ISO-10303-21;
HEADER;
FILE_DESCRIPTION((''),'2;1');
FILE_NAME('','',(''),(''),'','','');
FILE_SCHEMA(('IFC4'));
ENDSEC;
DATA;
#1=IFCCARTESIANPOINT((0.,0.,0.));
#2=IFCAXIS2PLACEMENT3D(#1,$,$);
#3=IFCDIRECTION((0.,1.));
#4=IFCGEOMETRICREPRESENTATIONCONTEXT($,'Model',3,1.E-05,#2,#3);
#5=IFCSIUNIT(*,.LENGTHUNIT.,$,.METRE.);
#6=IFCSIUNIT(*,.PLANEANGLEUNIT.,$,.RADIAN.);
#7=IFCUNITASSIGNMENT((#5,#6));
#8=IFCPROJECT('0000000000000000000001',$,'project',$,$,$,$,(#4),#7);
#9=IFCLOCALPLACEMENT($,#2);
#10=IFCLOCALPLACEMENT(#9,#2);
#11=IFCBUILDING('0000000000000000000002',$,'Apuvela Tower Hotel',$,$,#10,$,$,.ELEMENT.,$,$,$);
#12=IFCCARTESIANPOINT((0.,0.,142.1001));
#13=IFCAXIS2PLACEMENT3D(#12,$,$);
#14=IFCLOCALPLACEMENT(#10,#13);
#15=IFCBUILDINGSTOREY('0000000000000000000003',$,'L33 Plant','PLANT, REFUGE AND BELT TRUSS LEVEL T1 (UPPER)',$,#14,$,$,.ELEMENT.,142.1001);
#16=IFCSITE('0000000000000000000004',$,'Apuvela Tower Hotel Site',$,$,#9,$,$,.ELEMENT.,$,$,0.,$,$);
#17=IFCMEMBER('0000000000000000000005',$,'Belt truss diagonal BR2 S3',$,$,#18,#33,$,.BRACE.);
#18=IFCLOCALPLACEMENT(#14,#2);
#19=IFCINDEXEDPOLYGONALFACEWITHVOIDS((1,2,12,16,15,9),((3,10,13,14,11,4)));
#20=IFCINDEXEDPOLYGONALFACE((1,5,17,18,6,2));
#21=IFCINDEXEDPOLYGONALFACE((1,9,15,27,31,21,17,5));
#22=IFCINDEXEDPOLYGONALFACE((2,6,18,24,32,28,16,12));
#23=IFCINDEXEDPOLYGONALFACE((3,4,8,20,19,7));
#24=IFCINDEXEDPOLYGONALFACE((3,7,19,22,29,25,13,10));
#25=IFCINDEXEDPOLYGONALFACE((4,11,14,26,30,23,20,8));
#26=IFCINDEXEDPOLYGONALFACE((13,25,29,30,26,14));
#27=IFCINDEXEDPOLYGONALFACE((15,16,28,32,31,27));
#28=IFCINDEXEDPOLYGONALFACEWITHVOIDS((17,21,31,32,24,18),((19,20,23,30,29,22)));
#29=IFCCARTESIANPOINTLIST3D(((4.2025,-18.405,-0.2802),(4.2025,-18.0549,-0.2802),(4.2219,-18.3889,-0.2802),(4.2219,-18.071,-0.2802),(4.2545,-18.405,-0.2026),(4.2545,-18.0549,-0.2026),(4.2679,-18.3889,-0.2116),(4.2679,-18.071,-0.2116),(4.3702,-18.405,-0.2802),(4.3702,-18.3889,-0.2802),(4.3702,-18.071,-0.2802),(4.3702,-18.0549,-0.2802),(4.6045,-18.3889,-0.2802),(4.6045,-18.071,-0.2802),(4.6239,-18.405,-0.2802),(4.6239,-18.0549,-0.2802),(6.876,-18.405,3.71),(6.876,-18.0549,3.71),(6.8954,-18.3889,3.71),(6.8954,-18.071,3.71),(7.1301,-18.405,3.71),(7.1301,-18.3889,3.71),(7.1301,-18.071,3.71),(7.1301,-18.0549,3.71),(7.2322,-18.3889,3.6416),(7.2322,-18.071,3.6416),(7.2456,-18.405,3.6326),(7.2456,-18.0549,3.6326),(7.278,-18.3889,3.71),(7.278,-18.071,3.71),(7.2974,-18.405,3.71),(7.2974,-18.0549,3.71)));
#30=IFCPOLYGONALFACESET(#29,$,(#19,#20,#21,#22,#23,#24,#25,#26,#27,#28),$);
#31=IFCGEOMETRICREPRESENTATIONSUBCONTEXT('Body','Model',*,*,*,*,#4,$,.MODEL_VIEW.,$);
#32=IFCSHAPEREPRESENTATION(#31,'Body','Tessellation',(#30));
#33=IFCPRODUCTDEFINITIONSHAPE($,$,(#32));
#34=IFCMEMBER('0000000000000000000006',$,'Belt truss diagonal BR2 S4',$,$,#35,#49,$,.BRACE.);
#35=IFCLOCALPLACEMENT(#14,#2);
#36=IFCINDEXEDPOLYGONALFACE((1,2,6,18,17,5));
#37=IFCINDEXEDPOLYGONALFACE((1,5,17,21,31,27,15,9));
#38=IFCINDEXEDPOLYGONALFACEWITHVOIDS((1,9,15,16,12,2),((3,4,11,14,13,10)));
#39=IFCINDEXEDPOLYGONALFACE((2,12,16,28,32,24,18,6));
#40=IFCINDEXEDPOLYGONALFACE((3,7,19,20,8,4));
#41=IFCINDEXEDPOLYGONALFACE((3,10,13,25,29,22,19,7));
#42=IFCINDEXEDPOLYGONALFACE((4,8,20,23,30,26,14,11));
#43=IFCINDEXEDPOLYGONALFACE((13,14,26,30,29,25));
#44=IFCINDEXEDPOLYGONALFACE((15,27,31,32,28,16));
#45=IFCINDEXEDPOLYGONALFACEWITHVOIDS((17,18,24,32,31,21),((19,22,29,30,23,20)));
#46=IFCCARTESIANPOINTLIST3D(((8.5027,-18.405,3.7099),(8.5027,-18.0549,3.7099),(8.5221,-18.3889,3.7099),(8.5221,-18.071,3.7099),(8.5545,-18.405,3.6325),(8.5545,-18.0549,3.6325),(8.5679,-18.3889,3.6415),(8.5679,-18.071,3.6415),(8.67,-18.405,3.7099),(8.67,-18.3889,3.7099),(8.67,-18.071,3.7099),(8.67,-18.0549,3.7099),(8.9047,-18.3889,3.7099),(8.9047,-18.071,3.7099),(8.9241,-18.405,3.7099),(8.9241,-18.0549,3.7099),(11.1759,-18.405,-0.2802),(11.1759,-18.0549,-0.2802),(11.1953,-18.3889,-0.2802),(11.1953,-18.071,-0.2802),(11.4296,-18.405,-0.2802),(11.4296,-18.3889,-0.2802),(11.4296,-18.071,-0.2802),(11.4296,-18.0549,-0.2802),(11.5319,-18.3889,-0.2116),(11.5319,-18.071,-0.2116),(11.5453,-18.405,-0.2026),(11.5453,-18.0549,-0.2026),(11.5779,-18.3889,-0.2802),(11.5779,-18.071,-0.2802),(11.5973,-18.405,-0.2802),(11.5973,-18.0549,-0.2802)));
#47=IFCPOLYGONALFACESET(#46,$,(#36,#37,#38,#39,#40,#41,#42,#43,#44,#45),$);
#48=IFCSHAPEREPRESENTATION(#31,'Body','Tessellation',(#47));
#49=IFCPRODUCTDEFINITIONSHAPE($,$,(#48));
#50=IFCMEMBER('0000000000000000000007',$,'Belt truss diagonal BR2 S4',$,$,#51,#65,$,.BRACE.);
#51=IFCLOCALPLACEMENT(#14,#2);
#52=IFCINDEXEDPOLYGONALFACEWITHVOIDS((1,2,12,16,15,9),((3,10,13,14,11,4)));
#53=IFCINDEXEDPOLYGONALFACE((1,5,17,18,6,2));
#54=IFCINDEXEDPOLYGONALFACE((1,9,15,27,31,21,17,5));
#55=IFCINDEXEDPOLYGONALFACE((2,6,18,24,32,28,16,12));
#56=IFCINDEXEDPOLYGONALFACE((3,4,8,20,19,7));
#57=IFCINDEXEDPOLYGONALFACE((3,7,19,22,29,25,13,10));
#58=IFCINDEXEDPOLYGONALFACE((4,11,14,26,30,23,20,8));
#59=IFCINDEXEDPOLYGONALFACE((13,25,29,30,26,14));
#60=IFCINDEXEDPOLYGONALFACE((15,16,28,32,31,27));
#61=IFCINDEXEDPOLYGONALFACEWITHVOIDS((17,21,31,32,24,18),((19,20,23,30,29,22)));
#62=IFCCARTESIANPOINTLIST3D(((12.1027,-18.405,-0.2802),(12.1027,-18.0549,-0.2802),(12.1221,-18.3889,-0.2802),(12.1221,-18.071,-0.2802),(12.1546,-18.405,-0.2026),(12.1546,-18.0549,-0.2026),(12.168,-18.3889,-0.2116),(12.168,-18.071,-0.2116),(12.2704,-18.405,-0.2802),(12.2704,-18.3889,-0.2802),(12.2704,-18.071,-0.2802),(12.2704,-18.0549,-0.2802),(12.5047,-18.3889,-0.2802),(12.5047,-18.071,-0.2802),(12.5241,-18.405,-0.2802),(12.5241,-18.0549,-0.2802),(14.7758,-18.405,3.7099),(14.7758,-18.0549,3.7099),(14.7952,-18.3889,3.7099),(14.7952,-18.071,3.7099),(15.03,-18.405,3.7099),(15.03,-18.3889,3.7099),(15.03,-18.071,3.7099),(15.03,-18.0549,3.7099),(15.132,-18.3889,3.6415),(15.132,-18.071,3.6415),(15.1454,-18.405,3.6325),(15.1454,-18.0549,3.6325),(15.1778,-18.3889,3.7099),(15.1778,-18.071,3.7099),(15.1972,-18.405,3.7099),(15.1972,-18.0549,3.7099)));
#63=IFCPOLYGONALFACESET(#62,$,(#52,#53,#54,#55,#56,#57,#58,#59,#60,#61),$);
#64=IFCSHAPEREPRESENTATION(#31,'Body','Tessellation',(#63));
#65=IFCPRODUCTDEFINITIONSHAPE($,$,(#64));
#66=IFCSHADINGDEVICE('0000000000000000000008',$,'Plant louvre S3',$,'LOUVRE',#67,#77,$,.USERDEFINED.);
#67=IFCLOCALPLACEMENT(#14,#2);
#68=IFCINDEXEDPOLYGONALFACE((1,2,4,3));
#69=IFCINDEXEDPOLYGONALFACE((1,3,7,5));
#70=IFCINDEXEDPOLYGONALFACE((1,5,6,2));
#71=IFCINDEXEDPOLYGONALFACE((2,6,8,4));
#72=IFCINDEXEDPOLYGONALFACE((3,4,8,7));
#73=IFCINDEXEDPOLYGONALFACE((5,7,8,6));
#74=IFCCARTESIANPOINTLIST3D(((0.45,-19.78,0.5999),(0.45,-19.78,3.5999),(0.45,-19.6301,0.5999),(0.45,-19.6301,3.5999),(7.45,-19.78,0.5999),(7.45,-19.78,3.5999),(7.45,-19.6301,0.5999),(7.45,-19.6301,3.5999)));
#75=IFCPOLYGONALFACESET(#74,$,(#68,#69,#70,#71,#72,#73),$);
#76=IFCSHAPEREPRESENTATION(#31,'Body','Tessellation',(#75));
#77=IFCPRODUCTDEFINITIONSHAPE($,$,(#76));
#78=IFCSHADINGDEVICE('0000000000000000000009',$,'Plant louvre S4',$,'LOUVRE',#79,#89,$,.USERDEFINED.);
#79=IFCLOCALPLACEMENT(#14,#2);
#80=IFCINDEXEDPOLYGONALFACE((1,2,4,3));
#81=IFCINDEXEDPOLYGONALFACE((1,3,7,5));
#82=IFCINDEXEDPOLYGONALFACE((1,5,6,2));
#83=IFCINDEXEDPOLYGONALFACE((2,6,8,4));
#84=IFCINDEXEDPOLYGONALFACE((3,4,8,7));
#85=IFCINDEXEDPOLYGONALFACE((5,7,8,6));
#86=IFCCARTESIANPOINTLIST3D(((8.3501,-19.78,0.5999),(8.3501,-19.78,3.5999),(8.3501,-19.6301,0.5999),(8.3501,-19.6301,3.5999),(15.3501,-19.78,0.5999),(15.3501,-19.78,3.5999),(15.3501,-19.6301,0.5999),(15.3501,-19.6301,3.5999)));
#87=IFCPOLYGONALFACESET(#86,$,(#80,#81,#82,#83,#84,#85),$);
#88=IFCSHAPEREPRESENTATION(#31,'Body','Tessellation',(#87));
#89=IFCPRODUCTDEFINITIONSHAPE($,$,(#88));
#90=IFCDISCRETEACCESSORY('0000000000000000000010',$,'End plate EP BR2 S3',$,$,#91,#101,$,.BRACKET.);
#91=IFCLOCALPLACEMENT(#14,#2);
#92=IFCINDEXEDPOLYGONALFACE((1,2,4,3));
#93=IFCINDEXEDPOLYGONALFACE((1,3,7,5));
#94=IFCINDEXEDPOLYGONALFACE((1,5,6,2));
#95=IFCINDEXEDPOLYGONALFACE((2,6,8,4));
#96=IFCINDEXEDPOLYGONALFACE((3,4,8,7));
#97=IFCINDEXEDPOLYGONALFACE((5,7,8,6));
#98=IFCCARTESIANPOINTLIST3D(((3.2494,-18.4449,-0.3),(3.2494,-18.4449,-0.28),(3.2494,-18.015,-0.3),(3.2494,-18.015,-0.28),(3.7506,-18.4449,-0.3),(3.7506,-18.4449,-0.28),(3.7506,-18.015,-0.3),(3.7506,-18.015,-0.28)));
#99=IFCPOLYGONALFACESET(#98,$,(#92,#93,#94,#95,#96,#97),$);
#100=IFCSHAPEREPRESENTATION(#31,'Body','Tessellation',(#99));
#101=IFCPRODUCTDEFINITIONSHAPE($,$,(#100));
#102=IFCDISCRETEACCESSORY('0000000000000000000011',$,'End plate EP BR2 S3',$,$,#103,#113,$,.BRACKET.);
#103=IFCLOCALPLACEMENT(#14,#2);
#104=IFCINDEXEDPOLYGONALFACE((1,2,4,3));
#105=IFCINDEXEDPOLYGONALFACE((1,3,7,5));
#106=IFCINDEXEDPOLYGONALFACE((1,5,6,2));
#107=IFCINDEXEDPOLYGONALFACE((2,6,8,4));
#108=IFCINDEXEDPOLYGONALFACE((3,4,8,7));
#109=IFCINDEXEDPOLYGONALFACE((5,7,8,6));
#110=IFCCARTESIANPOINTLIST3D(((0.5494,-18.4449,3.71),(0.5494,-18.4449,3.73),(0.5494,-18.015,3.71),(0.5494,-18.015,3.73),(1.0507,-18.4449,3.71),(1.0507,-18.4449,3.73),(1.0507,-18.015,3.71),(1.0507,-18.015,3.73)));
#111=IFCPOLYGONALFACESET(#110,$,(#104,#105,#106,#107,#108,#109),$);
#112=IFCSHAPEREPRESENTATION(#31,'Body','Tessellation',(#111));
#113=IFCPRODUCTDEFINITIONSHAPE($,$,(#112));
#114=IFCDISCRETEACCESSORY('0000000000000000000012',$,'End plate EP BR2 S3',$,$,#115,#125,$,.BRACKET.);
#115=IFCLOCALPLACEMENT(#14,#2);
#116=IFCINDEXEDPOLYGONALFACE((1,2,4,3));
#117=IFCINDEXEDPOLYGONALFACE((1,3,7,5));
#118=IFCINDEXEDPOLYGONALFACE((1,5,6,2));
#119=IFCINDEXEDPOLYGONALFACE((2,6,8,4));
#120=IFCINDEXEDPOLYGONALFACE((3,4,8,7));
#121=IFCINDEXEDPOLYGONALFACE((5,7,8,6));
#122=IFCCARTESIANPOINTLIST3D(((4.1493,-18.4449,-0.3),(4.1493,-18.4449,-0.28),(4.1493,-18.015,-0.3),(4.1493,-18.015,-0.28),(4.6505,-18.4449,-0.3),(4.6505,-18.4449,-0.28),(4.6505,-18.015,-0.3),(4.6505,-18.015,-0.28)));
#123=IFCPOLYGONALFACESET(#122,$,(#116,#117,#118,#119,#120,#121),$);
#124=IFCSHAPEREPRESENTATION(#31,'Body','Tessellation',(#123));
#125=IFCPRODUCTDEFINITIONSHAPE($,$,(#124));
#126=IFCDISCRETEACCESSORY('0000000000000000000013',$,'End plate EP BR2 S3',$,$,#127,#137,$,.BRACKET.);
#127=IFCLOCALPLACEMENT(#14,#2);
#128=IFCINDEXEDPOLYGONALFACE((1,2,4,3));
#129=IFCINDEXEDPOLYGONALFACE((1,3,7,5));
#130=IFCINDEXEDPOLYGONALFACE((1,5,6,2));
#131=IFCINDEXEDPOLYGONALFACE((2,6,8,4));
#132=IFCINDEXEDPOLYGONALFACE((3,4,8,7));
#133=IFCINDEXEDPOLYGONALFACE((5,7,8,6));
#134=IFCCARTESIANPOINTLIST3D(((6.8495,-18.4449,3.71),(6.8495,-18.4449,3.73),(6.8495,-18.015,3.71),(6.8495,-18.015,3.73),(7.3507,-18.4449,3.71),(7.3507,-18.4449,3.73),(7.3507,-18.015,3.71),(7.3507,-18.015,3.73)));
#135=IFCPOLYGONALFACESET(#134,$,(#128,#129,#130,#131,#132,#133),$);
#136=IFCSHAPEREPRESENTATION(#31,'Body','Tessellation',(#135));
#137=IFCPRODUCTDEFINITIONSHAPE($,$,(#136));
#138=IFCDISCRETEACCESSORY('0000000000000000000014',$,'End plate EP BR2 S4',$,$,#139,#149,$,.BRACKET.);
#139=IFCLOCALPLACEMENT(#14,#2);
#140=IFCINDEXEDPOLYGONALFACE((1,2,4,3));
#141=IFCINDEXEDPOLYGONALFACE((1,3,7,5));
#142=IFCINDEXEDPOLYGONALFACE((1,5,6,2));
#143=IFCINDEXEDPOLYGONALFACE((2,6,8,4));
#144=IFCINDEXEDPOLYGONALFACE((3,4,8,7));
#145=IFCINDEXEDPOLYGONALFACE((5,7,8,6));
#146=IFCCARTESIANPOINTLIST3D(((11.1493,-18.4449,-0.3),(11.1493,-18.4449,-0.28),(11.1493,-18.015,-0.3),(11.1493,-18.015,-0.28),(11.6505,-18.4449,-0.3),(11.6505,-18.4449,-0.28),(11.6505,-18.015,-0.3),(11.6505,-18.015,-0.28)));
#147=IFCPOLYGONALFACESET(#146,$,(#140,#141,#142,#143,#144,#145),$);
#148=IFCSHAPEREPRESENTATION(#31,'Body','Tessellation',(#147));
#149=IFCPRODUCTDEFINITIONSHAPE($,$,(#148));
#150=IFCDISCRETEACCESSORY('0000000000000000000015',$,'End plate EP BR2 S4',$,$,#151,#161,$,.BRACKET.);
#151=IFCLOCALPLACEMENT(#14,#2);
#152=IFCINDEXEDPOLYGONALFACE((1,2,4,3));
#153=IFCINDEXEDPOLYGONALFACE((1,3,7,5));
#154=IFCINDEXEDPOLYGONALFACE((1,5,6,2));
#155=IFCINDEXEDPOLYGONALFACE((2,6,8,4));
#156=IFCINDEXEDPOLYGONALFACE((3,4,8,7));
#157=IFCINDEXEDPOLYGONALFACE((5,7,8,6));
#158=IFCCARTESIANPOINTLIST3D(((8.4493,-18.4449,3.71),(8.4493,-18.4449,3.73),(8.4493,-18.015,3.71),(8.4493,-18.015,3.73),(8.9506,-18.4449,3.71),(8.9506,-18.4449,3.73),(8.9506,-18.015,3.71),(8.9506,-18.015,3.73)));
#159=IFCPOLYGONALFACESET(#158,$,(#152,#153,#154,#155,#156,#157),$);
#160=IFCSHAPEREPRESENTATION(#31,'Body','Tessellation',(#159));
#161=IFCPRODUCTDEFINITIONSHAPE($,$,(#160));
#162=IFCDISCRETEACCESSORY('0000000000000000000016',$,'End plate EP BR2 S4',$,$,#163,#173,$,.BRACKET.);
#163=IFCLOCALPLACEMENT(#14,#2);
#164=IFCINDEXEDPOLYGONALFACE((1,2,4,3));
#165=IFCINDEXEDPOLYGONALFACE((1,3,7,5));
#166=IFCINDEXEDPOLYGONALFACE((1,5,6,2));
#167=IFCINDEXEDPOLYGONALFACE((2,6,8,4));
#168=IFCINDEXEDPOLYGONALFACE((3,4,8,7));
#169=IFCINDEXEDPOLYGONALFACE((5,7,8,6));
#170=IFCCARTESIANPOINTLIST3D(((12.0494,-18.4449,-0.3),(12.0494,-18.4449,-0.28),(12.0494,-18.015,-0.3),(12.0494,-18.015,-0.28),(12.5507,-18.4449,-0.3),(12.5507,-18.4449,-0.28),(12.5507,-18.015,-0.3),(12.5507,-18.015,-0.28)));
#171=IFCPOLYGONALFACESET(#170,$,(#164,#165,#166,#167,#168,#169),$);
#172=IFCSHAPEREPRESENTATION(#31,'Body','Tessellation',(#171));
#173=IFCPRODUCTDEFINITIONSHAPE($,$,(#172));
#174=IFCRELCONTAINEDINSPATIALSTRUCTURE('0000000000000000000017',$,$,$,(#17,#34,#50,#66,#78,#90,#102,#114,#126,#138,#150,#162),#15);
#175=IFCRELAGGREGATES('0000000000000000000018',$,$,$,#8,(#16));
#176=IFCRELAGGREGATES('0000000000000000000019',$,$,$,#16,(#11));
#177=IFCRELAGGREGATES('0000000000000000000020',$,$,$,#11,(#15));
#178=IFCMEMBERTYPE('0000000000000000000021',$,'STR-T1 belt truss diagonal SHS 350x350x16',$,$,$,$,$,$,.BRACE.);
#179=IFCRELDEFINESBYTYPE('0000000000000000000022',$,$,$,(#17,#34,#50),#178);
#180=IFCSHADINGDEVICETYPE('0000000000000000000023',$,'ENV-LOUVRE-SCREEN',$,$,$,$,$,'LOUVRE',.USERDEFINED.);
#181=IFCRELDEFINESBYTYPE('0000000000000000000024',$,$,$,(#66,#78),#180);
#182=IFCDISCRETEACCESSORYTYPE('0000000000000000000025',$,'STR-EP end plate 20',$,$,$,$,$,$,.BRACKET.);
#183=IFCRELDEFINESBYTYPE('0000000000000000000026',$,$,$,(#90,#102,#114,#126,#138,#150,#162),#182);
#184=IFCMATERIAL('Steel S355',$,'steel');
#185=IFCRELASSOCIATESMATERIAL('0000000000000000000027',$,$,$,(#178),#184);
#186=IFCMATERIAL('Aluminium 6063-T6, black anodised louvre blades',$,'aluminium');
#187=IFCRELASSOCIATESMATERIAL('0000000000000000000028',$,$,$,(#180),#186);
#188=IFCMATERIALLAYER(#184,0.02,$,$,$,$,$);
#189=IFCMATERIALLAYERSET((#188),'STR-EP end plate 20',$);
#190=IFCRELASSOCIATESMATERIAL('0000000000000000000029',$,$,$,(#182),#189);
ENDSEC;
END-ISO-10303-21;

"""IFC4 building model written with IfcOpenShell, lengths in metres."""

from ifc_helpers import new_model, si_unit, direction, frame, origin, origin_2d, place, context, subcontext, project, spatial, rectangle, hollow_rectangle, extrude, boolean, halfspace, material, layer, layer_set, material_profile, profile_set, type_object, element, save


model = new_model("IFC4")

# Units and contexts
model_context = context("Model", 3, precision=1e-05, world=origin(), true_north=direction((0.0, 1.0)))
body_context = subcontext(model_context, "Body", "Model", "MODEL_VIEW")
ifc_project = project(units=[si_unit("LENGTHUNIT", "METRE"), si_unit("PLANEANGLEUNIT", "RADIAN")], contexts=[model_context])

# Site, building, storey
site_placement = place(None, origin())
site = spatial("IfcSite", under=ifc_project, at=site_placement, Name="Apuvela Tower Hotel Site", CompositionType="ELEMENT", RefElevation=0.0)
building_placement = place(site_placement, origin())
building = spatial("IfcBuilding", under=site, at=building_placement, Name="Apuvela Tower Hotel", CompositionType="ELEMENT")
storey_placement = place(building_placement, frame((0.0, 0.0, 142.1001)))
storey = spatial("IfcBuildingStorey", under=building, at=storey_placement, Name="L33 Plant", Description="PLANT, REFUGE AND BELT TRUSS LEVEL T1 (UPPER)", CompositionType="ELEMENT", Elevation=142.1001)

# Shared definitions
ifc_material_1 = material(Name="Steel S355", Category="steel")

# Members
ifc_material_profile_1 = material_profile(ifc_material_1, hollow_rectangle(XDim=0.3501, YDim=0.3501, WallThickness=0.0161, at=origin_2d()), Name="SHS 350x350x16")
ifc_profile_set_1 = profile_set([ifc_material_profile_1], Name="Steel S355")
member_type = type_object("IfcMemberType", Name="STR-T1 belt truss diagonal SHS 350x350x16", PredefinedType="BRACE", material=ifc_profile_set_1)
member_1_placement = place(storey_placement, frame((4.3999, -18.23, -0.3), z_axis=(0.556627, 0.0, 0.830763), x_axis=(-0.830763, 0.0, 0.556627)))
solid_1 = boolean("DIFFERENCE", boolean("DIFFERENCE", extrude(hollow_rectangle(XDim=0.3501, YDim=0.3501, WallThickness=0.0161, at=origin_2d()), frame((0.0, 0.0, -0.2373)), (0.0, 0.0, 1.0), 5.3254), halfspace(frame((0.0, 0.0, 0.0239), z_axis=(0.556627, 0.0, 0.830763), x_axis=(0.830763, 0.0, -0.556627)), True)), halfspace(frame((0.0, 0.0, 4.8269), z_axis=(0.556627, 0.0, 0.830763), x_axis=(0.830763, 0.0, -0.556627)), False))
element("IfcMember", 1, at=member_1_placement, inside=storey, type_object=member_type, Name="Belt truss diagonal BR2 S3", PredefinedType="BRACE", context=body_context, shape_type="SweptSolid", body=[
    boolean("UNION", boolean("DIFFERENCE", boolean("DIFFERENCE", extrude(hollow_rectangle(XDim=0.3501, YDim=0.3501, WallThickness=0.0161, at=origin_2d()), origin(), (0.0, 0.0, 1.0), 4.8511), halfspace(frame((0.0, 0.0, 0.0239), z_axis=(0.556627, 0.0, 0.830763), x_axis=(0.830763, 0.0, -0.556627)), True)), halfspace(frame((0.0, 0.0, 4.8269), z_axis=(0.556627, 0.0, 0.830763), x_axis=(0.830763, 0.0, -0.556627)), False)), solid_1),
])
member_2_placement = place(storey_placement, frame((11.3999, -18.23, -0.3), z_axis=(-0.556592, 0.0, 0.830786), x_axis=(0.830786, 0.0, 0.556592)))
solid_2 = boolean("DIFFERENCE", boolean("DIFFERENCE", extrude(hollow_rectangle(XDim=0.3501, YDim=0.3501, WallThickness=0.0161, at=origin_2d()), frame((0.0, 0.0, -0.2373)), (0.0, 0.0, 1.0), 5.3252), halfspace(frame((0.0, 0.0, 0.0239), z_axis=(0.556592, 0.0, 0.830786), x_axis=(0.830786, 0.0, -0.556592)), True)), halfspace(frame((0.0, 0.0, 4.8267), z_axis=(0.556592, 0.0, 0.830786), x_axis=(0.830786, 0.0, -0.556592)), False))
element("IfcMember", 2, at=member_2_placement, inside=storey, type_object=member_type, Name="Belt truss diagonal BR2 S4", PredefinedType="BRACE", context=body_context, shape_type="SweptSolid", body=[
    boolean("UNION", boolean("DIFFERENCE", boolean("DIFFERENCE", extrude(hollow_rectangle(XDim=0.3501, YDim=0.3501, WallThickness=0.0161, at=origin_2d()), origin(), (0.0, 0.0, 1.0), 4.8508), halfspace(frame((0.0, 0.0, 0.0239), z_axis=(0.556592, 0.0, 0.830786), x_axis=(0.830786, 0.0, -0.556592)), True)), halfspace(frame((0.0, 0.0, 4.8267), z_axis=(0.556592, 0.0, 0.830786), x_axis=(0.830786, 0.0, -0.556592)), False)), solid_2),
])
member_3_placement = place(storey_placement, frame((12.3, -18.23, -0.3), z_axis=(0.556592, 0.0, 0.830786), x_axis=(-0.830786, 0.0, 0.556592)))
solid_3 = boolean("DIFFERENCE", boolean("DIFFERENCE", extrude(hollow_rectangle(XDim=0.3501, YDim=0.3501, WallThickness=0.0161, at=origin_2d()), frame((0.0, 0.0, -0.2373)), (0.0, 0.0, 1.0), 5.3252), halfspace(frame((0.0, 0.0, 0.0239), z_axis=(0.556592, 0.0, 0.830786), x_axis=(0.830786, 0.0, -0.556592)), True)), halfspace(frame((0.0, 0.0, 4.8267), z_axis=(0.556592, 0.0, 0.830786), x_axis=(0.830786, 0.0, -0.556592)), False))
element("IfcMember", 3, at=member_3_placement, inside=storey, type_object=member_type, Name="Belt truss diagonal BR2 S4", PredefinedType="BRACE", context=body_context, shape_type="SweptSolid", body=[
    boolean("UNION", boolean("DIFFERENCE", boolean("DIFFERENCE", extrude(hollow_rectangle(XDim=0.3501, YDim=0.3501, WallThickness=0.0161, at=origin_2d()), origin(), (0.0, 0.0, 1.0), 4.8508), halfspace(frame((0.0, 0.0, 0.0239), z_axis=(0.556592, 0.0, 0.830786), x_axis=(0.830786, 0.0, -0.556592)), True)), halfspace(frame((0.0, 0.0, 4.8267), z_axis=(0.556592, 0.0, 0.830786), x_axis=(0.830786, 0.0, -0.556592)), False)), solid_3),
])

# Shading devices
ifc_material_2 = material(Name="Aluminium 6063-T6, black anodised louvre blades", Category="aluminium")
shading_device_type = type_object("IfcShadingDeviceType", Name="ENV-LOUVRE-SCREEN", ElementType="LOUVRE", PredefinedType="USERDEFINED", material=ifc_material_2)
for number, where, z_axis, x_axis, name in (
    (4, (3.95, -19.7051, 0.5999), (0.0, 0.0, 1.0), (1.0, 0.0, 0.0), "Plant louvre S3"),
    (5, (11.8501, -19.7051, 0.5999), (0.0, 0.0, 1.0), (1.0, 0.0, 0.0), "Plant louvre S4"),
):
    element("IfcShadingDevice", number, at=place(storey_placement, frame(where, z_axis=z_axis, x_axis=x_axis)), inside=storey, type_object=shading_device_type, Name=name, ObjectType="LOUVRE", PredefinedType="USERDEFINED", context=body_context, shape_type="SweptSolid", body=[
        extrude(rectangle(XDim=7.0, YDim=0.1499, at=origin_2d()), origin(), (0.0, 0.0, 1.0), 3.0),
    ])

# Discrete accessories
ifc_layer = layer(ifc_material_1, 0.02)
ifc_layer_set = layer_set([ifc_layer], Name="STR-EP end plate 20")
discrete_accessory_type = type_object("IfcDiscreteAccessoryType", Name="STR-EP end plate 20", PredefinedType="BRACKET", material=ifc_layer_set)
for number, where, z_axis, x_axis, name in (
    (6, (3.5, -18.23, -0.3), (0.0, 0.0, 1.0), (-1.0, 0.0, 0.0), "End plate EP BR2 S3"),
    (7, (0.8, -18.23, 3.71), (0.0, 0.0, 1.0), (-1.0, 0.0, 0.0), "End plate EP BR2 S3"),
    (8, (4.3999, -18.23, -0.3), (0.0, 0.0, 1.0), (1.0, 0.0, 0.0), "End plate EP BR2 S3"),
    (9, (7.1001, -18.23, 3.71), (0.0, 0.0, 1.0), (1.0, 0.0, 0.0), "End plate EP BR2 S3"),
    (10, (11.3999, -18.23, -0.3), (0.0, 0.0, 1.0), (-1.0, 0.0, 0.0), "End plate EP BR2 S4"),
    (11, (8.7, -18.23, 3.71), (0.0, 0.0, 1.0), (-1.0, 0.0, 0.0), "End plate EP BR2 S4"),
    (12, (12.3, -18.23, -0.3), (0.0, 0.0, 1.0), (1.0, 0.0, 0.0), "End plate EP BR2 S4"),
):
    element("IfcDiscreteAccessory", number, at=place(storey_placement, frame(where, z_axis=z_axis, x_axis=x_axis)), inside=storey, type_object=discrete_accessory_type, Name=name, PredefinedType="BRACKET", context=body_context, shape_type="SweptSolid", body=[
        extrude(rectangle(XDim=0.5012, YDim=0.4299, at=origin_2d()), origin(), (0.0, 0.0, 1.0), 0.02),
    ])

save(model, "model.ifc")
